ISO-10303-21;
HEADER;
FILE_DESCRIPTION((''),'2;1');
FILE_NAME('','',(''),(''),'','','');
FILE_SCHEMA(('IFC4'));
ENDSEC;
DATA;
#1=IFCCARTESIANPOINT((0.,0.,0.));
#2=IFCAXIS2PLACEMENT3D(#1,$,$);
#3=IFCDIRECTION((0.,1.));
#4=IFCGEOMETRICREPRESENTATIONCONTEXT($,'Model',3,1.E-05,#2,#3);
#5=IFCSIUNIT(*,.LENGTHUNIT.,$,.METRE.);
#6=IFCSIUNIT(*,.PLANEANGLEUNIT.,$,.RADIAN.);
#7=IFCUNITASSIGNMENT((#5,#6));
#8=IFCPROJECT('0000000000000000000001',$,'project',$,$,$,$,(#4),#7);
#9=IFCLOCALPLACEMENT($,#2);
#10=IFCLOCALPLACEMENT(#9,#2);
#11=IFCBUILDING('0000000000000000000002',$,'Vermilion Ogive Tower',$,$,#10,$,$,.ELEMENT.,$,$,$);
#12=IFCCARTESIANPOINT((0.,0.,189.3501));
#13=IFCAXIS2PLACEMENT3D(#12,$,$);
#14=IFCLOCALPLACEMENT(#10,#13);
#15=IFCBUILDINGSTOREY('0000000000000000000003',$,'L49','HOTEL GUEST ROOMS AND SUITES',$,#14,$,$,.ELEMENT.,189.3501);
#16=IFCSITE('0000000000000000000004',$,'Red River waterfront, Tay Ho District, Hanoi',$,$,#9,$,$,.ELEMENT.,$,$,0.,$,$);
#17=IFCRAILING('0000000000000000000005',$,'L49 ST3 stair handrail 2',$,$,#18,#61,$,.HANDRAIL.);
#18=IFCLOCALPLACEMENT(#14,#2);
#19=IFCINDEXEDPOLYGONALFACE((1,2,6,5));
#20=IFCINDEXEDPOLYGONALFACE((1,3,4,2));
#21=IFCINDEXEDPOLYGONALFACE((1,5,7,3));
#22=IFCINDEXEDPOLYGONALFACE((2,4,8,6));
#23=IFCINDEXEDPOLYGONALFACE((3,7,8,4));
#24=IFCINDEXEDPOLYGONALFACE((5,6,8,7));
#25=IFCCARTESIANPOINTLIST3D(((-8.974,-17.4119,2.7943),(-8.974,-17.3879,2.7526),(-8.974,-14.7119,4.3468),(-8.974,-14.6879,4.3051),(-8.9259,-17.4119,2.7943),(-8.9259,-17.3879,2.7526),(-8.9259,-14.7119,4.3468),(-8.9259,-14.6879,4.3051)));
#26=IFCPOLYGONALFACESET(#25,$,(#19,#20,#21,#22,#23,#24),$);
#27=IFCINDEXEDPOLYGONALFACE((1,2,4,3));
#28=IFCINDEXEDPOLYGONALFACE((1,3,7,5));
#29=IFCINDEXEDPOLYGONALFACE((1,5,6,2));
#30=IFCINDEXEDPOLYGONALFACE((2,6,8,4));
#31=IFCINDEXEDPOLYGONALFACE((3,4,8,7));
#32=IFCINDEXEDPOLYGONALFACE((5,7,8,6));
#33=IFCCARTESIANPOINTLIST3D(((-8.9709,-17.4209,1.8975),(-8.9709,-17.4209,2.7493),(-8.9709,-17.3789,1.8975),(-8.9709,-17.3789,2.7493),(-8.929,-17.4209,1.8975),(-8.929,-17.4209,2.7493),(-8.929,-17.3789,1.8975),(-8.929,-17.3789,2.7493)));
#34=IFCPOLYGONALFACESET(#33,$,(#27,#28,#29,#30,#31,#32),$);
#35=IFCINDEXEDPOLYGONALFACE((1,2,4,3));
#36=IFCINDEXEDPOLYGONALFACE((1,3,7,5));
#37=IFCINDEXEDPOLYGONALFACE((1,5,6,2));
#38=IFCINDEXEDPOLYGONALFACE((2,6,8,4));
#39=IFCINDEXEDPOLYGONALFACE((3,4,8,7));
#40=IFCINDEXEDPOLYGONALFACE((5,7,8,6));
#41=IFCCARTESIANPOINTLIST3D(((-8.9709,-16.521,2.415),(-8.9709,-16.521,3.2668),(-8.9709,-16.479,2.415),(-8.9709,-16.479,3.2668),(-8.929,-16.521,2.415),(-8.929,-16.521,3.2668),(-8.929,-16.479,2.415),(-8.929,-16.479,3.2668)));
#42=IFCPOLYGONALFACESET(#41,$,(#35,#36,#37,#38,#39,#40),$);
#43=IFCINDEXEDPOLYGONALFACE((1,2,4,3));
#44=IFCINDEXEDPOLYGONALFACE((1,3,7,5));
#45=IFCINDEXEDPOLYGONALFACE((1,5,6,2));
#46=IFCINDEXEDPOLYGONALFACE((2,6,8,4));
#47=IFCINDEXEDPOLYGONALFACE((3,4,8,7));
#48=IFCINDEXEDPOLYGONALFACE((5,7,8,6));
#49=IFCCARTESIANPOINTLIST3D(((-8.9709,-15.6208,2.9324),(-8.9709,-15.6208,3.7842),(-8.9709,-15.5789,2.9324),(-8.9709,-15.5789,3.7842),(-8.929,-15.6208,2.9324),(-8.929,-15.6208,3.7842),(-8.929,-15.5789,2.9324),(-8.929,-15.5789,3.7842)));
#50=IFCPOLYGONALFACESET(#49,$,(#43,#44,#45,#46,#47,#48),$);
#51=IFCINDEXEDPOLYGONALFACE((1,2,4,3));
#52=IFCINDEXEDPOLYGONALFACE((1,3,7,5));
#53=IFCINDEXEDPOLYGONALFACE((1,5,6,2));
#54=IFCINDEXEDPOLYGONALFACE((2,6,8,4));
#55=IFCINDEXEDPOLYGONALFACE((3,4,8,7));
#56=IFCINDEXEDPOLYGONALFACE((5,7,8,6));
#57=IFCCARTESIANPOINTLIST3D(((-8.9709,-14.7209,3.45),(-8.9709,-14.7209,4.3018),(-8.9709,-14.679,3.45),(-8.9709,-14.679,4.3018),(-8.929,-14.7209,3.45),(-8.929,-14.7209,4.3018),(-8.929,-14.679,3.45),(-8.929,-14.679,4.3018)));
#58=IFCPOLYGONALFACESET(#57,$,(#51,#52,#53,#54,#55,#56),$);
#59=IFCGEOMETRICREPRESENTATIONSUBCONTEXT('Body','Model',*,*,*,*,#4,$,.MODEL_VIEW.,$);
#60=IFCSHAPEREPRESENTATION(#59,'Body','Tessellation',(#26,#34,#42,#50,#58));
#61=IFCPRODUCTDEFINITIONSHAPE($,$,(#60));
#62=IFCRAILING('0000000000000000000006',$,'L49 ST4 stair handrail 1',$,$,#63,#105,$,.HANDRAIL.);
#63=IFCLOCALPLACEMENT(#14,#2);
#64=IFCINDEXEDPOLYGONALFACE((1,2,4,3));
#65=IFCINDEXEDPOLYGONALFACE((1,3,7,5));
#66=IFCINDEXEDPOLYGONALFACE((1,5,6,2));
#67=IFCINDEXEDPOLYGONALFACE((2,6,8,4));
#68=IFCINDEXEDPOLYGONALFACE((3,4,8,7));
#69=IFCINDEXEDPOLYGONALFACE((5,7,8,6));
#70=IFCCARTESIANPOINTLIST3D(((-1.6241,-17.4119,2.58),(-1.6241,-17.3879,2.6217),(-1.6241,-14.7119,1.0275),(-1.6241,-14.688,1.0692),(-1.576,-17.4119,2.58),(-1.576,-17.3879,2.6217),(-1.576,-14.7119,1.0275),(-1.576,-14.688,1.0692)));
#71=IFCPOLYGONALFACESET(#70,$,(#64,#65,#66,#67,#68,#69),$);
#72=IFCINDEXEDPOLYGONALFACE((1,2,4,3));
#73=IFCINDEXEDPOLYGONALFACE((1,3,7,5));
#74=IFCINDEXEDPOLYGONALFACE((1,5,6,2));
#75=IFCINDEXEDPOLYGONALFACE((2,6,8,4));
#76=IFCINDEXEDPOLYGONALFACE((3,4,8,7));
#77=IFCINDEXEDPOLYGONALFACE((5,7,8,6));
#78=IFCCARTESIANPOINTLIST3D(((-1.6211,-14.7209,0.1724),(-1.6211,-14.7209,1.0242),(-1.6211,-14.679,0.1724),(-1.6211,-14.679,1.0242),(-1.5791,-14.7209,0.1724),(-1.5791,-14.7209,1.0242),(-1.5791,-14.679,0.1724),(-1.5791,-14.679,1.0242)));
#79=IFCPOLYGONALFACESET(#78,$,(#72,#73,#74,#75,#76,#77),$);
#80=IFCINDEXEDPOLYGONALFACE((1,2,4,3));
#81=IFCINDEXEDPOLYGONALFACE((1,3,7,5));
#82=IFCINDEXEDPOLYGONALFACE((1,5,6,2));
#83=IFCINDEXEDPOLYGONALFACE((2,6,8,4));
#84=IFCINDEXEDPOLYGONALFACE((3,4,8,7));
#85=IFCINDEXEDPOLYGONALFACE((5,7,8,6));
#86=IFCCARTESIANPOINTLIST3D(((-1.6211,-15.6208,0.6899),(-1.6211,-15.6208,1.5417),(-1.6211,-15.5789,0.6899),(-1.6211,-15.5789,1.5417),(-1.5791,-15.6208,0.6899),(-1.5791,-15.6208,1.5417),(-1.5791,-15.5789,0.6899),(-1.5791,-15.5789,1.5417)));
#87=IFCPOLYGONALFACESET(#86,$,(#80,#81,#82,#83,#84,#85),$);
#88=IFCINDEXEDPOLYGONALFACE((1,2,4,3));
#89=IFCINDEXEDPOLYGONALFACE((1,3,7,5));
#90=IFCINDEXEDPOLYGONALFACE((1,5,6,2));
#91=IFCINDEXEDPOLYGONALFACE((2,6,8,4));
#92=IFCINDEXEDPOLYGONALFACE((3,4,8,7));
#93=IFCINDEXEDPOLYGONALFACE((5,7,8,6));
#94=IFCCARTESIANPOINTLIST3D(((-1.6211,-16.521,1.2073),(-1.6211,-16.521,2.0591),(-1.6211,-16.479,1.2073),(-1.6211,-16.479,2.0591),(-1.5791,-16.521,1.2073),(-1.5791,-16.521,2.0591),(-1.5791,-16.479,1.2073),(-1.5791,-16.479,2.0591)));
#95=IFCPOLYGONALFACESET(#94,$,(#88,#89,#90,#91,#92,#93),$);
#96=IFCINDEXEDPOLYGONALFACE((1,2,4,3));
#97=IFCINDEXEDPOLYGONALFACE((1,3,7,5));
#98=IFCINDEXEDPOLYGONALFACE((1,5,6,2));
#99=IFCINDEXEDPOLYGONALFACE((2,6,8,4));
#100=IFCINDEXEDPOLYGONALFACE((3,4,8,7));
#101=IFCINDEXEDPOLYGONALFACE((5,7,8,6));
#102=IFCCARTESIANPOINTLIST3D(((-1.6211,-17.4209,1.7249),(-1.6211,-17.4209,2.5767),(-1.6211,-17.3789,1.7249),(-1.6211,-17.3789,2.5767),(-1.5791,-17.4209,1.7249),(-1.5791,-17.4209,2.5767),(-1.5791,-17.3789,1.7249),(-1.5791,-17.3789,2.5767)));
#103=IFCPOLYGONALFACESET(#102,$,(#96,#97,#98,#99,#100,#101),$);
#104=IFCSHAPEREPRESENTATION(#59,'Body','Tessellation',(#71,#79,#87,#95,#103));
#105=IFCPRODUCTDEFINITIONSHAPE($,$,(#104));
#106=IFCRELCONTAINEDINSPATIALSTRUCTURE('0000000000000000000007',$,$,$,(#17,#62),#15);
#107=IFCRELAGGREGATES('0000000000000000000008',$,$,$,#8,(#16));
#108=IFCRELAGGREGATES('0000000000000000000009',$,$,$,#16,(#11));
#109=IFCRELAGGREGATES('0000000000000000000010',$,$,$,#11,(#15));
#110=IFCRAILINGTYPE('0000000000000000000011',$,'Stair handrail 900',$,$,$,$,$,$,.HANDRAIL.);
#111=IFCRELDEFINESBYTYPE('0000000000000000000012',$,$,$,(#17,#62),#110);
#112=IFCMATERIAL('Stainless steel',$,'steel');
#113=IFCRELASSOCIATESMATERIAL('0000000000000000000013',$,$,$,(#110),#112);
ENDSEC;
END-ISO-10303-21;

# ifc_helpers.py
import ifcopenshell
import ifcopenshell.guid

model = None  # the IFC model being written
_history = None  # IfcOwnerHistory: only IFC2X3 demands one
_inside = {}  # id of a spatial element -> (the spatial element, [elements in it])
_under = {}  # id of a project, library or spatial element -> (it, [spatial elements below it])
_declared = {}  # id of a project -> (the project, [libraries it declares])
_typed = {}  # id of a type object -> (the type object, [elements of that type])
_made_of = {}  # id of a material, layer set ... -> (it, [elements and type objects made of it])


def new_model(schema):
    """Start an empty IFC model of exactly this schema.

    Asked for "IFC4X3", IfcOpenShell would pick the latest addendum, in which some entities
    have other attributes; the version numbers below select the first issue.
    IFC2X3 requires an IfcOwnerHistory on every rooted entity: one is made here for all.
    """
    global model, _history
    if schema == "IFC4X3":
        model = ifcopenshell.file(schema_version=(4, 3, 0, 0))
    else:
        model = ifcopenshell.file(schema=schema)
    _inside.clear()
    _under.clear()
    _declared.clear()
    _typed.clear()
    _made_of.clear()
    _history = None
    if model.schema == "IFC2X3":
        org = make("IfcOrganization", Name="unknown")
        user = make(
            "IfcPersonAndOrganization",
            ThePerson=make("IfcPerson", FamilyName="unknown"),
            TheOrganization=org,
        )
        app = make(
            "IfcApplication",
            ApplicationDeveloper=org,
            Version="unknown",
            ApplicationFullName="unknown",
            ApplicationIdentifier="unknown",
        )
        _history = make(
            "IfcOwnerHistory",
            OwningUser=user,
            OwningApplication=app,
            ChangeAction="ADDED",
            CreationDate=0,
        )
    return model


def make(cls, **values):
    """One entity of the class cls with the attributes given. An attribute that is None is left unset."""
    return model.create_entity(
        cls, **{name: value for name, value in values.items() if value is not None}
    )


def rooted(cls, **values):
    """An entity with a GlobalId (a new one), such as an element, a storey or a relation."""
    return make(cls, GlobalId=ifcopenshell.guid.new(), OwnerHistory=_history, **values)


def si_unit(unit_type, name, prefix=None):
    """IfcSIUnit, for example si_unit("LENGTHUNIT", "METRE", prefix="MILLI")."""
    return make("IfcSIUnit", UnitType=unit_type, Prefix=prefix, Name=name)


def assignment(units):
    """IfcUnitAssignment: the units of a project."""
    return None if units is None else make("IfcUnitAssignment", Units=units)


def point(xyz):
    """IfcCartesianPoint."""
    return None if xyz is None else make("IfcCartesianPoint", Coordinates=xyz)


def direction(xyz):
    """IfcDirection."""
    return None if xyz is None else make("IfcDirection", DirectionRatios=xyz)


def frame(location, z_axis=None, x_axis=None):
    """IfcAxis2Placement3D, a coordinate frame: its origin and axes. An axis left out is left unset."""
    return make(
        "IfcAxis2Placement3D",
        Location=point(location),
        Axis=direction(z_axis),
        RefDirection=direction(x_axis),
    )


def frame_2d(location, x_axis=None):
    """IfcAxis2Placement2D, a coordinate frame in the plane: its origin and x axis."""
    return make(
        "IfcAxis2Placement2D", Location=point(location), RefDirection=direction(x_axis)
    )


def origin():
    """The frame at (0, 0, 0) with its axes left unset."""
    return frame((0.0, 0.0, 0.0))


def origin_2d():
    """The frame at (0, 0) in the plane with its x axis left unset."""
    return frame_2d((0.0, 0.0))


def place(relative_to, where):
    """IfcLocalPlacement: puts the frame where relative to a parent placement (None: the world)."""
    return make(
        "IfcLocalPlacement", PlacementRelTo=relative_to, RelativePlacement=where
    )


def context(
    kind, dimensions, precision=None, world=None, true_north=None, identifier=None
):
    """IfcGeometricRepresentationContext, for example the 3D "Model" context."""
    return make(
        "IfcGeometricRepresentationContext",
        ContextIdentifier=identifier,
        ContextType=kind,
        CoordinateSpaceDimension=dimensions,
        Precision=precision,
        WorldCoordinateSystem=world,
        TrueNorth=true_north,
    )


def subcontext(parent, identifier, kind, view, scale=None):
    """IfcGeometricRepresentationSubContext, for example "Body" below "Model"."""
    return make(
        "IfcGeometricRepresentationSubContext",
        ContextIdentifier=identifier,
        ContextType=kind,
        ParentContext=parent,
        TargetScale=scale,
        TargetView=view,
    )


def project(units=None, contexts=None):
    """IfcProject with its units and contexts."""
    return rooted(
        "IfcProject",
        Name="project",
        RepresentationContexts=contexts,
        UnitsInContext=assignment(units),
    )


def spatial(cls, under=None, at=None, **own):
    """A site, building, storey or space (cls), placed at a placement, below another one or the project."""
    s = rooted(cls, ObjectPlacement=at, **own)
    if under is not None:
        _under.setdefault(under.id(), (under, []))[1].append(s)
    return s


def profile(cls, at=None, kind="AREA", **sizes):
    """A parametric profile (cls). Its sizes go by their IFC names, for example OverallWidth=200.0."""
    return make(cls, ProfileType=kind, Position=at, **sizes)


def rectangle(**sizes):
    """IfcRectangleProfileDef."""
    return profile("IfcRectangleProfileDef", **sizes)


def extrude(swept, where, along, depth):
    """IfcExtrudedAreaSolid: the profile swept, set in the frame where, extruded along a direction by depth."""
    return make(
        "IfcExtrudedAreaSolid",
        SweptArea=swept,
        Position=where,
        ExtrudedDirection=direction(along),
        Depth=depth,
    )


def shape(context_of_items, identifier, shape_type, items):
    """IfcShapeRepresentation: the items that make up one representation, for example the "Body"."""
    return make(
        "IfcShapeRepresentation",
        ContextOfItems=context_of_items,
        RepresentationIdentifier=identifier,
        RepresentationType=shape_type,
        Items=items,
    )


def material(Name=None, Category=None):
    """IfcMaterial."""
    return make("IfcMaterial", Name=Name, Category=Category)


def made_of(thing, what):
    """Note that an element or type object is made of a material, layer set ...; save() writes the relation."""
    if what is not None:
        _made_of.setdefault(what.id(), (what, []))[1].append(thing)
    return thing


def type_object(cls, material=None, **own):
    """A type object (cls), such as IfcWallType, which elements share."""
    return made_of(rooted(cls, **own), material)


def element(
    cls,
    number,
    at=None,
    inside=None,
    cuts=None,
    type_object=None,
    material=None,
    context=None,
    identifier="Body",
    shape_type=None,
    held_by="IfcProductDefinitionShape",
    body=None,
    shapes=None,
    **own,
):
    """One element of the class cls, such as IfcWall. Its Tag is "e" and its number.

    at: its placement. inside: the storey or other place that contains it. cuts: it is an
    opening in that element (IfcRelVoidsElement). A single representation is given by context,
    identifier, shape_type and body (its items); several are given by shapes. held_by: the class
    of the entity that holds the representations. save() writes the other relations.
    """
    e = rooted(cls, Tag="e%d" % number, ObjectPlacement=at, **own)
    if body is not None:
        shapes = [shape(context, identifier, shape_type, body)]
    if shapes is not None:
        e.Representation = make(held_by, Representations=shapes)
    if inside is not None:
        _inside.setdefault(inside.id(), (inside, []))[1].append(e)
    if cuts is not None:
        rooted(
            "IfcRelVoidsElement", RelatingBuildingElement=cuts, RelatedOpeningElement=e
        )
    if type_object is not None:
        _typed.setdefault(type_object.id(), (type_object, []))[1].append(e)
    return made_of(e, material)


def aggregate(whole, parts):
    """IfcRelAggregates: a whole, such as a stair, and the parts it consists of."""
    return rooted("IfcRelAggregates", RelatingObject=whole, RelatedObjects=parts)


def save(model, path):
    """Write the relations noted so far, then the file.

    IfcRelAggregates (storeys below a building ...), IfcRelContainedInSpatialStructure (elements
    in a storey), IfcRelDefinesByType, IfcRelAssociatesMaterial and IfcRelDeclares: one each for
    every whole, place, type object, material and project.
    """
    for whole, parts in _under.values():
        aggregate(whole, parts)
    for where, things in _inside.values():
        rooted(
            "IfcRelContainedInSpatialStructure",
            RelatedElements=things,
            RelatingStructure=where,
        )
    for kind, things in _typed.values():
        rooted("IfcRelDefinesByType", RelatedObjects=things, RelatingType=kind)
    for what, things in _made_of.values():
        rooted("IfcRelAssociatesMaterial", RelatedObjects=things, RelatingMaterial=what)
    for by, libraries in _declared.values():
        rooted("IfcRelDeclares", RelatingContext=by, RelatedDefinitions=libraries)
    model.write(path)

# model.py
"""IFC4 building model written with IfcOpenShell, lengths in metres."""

from ifc_helpers import new_model, si_unit, direction, frame, origin, origin_2d, place, context, subcontext, project, spatial, rectangle, extrude, material, type_object, element, save


model = new_model("IFC4")

# Units and contexts
model_context = context("Model", 3, precision=1e-05, world=origin(), true_north=direction((0.0, 1.0)))
body_context = subcontext(model_context, "Body", "Model", "MODEL_VIEW")
ifc_project = project(units=[si_unit("LENGTHUNIT", "METRE"), si_unit("PLANEANGLEUNIT", "RADIAN")], contexts=[model_context])

# Site, building, storey
site_placement = place(None, origin())
site = spatial("IfcSite", under=ifc_project, at=site_placement, Name="Red River waterfront, Tay Ho District, Hanoi", CompositionType="ELEMENT", RefElevation=0.0)
building_placement = place(site_placement, origin())
building = spatial("IfcBuilding", under=site, at=building_placement, Name="Vermilion Ogive Tower", CompositionType="ELEMENT")
storey_placement = place(building_placement, frame((0.0, 0.0, 189.3501)))
storey = spatial("IfcBuildingStorey", under=building, at=storey_placement, Name="L49", Description="HOTEL GUEST ROOMS AND SUITES", CompositionType="ELEMENT", Elevation=189.3501)

# Railings
ifc_material_1 = material(Name="Stainless steel", Category="steel")
railing_type_1 = type_object("IfcRailingType", Name="Stair handrail 900", PredefinedType="HANDRAIL", material=ifc_material_1)
railing_1_placement = place(storey_placement, frame((-8.95, -17.3999, 1.8975)))
element("IfcRailing", 1, at=railing_1_placement, inside=storey, type_object=railing_type_1, Name="L49 ST3 stair handrail 2", PredefinedType="HANDRAIL", context=body_context, shape_type="SweptSolid", body=[
    extrude(rectangle(XDim=0.0481, YDim=0.0481, at=origin_2d()), frame((0.0, 0.0, 0.876), z_axis=(0.0, 0.866904, 0.498476), x_axis=(-1.0, 0.0, 0.0)), (0.0, 0.0, 1.0), 3.1145),
    extrude(rectangle(XDim=0.042, YDim=0.042, at=origin_2d()), origin(), (0.0, 0.0, 1.0), 0.8518),
    extrude(rectangle(XDim=0.042, YDim=0.042, at=origin_2d()), frame((0.0, 0.8999, 0.5176)), (0.0, 0.0, 1.0), 0.8518),
    extrude(rectangle(XDim=0.042, YDim=0.042, at=origin_2d()), frame((0.0, 1.8, 1.0349)), (0.0, 0.0, 1.0), 0.8518),
    extrude(rectangle(XDim=0.042, YDim=0.042, at=origin_2d()), frame((0.0, 2.7, 1.5525)), (0.0, 0.0, 1.0), 0.8518),
])
railing_2_placement = place(storey_placement, frame((-1.6001, -14.7, 0.1724)))
element("IfcRailing", 2, at=railing_2_placement, inside=storey, type_object=railing_type_1, Name="L49 ST4 stair handrail 1", PredefinedType="HANDRAIL", context=body_context, shape_type="SweptSolid", body=[
    extrude(rectangle(XDim=0.0481, YDim=0.0481, at=origin_2d()), frame((0.0, 0.0, 0.876), z_axis=(0.0, -0.866904, 0.498476), x_axis=(1.0, 0.0, 0.0)), (0.0, 0.0, 1.0), 3.1145),
    extrude(rectangle(XDim=0.042, YDim=0.042, at=origin_2d()), origin(), (0.0, 0.0, 1.0), 0.8518),
    extrude(rectangle(XDim=0.042, YDim=0.042, at=origin_2d()), frame((0.0, -0.8999, 0.5176)), (0.0, 0.0, 1.0), 0.8518),
    extrude(rectangle(XDim=0.042, YDim=0.042, at=origin_2d()), frame((0.0, -1.8, 1.0349)), (0.0, 0.0, 1.0), 0.8518),
    extrude(rectangle(XDim=0.042, YDim=0.042, at=origin_2d()), frame((0.0, -2.7, 1.5525)), (0.0, 0.0, 1.0), 0.8518),
])

save(model, "model.ifc")
